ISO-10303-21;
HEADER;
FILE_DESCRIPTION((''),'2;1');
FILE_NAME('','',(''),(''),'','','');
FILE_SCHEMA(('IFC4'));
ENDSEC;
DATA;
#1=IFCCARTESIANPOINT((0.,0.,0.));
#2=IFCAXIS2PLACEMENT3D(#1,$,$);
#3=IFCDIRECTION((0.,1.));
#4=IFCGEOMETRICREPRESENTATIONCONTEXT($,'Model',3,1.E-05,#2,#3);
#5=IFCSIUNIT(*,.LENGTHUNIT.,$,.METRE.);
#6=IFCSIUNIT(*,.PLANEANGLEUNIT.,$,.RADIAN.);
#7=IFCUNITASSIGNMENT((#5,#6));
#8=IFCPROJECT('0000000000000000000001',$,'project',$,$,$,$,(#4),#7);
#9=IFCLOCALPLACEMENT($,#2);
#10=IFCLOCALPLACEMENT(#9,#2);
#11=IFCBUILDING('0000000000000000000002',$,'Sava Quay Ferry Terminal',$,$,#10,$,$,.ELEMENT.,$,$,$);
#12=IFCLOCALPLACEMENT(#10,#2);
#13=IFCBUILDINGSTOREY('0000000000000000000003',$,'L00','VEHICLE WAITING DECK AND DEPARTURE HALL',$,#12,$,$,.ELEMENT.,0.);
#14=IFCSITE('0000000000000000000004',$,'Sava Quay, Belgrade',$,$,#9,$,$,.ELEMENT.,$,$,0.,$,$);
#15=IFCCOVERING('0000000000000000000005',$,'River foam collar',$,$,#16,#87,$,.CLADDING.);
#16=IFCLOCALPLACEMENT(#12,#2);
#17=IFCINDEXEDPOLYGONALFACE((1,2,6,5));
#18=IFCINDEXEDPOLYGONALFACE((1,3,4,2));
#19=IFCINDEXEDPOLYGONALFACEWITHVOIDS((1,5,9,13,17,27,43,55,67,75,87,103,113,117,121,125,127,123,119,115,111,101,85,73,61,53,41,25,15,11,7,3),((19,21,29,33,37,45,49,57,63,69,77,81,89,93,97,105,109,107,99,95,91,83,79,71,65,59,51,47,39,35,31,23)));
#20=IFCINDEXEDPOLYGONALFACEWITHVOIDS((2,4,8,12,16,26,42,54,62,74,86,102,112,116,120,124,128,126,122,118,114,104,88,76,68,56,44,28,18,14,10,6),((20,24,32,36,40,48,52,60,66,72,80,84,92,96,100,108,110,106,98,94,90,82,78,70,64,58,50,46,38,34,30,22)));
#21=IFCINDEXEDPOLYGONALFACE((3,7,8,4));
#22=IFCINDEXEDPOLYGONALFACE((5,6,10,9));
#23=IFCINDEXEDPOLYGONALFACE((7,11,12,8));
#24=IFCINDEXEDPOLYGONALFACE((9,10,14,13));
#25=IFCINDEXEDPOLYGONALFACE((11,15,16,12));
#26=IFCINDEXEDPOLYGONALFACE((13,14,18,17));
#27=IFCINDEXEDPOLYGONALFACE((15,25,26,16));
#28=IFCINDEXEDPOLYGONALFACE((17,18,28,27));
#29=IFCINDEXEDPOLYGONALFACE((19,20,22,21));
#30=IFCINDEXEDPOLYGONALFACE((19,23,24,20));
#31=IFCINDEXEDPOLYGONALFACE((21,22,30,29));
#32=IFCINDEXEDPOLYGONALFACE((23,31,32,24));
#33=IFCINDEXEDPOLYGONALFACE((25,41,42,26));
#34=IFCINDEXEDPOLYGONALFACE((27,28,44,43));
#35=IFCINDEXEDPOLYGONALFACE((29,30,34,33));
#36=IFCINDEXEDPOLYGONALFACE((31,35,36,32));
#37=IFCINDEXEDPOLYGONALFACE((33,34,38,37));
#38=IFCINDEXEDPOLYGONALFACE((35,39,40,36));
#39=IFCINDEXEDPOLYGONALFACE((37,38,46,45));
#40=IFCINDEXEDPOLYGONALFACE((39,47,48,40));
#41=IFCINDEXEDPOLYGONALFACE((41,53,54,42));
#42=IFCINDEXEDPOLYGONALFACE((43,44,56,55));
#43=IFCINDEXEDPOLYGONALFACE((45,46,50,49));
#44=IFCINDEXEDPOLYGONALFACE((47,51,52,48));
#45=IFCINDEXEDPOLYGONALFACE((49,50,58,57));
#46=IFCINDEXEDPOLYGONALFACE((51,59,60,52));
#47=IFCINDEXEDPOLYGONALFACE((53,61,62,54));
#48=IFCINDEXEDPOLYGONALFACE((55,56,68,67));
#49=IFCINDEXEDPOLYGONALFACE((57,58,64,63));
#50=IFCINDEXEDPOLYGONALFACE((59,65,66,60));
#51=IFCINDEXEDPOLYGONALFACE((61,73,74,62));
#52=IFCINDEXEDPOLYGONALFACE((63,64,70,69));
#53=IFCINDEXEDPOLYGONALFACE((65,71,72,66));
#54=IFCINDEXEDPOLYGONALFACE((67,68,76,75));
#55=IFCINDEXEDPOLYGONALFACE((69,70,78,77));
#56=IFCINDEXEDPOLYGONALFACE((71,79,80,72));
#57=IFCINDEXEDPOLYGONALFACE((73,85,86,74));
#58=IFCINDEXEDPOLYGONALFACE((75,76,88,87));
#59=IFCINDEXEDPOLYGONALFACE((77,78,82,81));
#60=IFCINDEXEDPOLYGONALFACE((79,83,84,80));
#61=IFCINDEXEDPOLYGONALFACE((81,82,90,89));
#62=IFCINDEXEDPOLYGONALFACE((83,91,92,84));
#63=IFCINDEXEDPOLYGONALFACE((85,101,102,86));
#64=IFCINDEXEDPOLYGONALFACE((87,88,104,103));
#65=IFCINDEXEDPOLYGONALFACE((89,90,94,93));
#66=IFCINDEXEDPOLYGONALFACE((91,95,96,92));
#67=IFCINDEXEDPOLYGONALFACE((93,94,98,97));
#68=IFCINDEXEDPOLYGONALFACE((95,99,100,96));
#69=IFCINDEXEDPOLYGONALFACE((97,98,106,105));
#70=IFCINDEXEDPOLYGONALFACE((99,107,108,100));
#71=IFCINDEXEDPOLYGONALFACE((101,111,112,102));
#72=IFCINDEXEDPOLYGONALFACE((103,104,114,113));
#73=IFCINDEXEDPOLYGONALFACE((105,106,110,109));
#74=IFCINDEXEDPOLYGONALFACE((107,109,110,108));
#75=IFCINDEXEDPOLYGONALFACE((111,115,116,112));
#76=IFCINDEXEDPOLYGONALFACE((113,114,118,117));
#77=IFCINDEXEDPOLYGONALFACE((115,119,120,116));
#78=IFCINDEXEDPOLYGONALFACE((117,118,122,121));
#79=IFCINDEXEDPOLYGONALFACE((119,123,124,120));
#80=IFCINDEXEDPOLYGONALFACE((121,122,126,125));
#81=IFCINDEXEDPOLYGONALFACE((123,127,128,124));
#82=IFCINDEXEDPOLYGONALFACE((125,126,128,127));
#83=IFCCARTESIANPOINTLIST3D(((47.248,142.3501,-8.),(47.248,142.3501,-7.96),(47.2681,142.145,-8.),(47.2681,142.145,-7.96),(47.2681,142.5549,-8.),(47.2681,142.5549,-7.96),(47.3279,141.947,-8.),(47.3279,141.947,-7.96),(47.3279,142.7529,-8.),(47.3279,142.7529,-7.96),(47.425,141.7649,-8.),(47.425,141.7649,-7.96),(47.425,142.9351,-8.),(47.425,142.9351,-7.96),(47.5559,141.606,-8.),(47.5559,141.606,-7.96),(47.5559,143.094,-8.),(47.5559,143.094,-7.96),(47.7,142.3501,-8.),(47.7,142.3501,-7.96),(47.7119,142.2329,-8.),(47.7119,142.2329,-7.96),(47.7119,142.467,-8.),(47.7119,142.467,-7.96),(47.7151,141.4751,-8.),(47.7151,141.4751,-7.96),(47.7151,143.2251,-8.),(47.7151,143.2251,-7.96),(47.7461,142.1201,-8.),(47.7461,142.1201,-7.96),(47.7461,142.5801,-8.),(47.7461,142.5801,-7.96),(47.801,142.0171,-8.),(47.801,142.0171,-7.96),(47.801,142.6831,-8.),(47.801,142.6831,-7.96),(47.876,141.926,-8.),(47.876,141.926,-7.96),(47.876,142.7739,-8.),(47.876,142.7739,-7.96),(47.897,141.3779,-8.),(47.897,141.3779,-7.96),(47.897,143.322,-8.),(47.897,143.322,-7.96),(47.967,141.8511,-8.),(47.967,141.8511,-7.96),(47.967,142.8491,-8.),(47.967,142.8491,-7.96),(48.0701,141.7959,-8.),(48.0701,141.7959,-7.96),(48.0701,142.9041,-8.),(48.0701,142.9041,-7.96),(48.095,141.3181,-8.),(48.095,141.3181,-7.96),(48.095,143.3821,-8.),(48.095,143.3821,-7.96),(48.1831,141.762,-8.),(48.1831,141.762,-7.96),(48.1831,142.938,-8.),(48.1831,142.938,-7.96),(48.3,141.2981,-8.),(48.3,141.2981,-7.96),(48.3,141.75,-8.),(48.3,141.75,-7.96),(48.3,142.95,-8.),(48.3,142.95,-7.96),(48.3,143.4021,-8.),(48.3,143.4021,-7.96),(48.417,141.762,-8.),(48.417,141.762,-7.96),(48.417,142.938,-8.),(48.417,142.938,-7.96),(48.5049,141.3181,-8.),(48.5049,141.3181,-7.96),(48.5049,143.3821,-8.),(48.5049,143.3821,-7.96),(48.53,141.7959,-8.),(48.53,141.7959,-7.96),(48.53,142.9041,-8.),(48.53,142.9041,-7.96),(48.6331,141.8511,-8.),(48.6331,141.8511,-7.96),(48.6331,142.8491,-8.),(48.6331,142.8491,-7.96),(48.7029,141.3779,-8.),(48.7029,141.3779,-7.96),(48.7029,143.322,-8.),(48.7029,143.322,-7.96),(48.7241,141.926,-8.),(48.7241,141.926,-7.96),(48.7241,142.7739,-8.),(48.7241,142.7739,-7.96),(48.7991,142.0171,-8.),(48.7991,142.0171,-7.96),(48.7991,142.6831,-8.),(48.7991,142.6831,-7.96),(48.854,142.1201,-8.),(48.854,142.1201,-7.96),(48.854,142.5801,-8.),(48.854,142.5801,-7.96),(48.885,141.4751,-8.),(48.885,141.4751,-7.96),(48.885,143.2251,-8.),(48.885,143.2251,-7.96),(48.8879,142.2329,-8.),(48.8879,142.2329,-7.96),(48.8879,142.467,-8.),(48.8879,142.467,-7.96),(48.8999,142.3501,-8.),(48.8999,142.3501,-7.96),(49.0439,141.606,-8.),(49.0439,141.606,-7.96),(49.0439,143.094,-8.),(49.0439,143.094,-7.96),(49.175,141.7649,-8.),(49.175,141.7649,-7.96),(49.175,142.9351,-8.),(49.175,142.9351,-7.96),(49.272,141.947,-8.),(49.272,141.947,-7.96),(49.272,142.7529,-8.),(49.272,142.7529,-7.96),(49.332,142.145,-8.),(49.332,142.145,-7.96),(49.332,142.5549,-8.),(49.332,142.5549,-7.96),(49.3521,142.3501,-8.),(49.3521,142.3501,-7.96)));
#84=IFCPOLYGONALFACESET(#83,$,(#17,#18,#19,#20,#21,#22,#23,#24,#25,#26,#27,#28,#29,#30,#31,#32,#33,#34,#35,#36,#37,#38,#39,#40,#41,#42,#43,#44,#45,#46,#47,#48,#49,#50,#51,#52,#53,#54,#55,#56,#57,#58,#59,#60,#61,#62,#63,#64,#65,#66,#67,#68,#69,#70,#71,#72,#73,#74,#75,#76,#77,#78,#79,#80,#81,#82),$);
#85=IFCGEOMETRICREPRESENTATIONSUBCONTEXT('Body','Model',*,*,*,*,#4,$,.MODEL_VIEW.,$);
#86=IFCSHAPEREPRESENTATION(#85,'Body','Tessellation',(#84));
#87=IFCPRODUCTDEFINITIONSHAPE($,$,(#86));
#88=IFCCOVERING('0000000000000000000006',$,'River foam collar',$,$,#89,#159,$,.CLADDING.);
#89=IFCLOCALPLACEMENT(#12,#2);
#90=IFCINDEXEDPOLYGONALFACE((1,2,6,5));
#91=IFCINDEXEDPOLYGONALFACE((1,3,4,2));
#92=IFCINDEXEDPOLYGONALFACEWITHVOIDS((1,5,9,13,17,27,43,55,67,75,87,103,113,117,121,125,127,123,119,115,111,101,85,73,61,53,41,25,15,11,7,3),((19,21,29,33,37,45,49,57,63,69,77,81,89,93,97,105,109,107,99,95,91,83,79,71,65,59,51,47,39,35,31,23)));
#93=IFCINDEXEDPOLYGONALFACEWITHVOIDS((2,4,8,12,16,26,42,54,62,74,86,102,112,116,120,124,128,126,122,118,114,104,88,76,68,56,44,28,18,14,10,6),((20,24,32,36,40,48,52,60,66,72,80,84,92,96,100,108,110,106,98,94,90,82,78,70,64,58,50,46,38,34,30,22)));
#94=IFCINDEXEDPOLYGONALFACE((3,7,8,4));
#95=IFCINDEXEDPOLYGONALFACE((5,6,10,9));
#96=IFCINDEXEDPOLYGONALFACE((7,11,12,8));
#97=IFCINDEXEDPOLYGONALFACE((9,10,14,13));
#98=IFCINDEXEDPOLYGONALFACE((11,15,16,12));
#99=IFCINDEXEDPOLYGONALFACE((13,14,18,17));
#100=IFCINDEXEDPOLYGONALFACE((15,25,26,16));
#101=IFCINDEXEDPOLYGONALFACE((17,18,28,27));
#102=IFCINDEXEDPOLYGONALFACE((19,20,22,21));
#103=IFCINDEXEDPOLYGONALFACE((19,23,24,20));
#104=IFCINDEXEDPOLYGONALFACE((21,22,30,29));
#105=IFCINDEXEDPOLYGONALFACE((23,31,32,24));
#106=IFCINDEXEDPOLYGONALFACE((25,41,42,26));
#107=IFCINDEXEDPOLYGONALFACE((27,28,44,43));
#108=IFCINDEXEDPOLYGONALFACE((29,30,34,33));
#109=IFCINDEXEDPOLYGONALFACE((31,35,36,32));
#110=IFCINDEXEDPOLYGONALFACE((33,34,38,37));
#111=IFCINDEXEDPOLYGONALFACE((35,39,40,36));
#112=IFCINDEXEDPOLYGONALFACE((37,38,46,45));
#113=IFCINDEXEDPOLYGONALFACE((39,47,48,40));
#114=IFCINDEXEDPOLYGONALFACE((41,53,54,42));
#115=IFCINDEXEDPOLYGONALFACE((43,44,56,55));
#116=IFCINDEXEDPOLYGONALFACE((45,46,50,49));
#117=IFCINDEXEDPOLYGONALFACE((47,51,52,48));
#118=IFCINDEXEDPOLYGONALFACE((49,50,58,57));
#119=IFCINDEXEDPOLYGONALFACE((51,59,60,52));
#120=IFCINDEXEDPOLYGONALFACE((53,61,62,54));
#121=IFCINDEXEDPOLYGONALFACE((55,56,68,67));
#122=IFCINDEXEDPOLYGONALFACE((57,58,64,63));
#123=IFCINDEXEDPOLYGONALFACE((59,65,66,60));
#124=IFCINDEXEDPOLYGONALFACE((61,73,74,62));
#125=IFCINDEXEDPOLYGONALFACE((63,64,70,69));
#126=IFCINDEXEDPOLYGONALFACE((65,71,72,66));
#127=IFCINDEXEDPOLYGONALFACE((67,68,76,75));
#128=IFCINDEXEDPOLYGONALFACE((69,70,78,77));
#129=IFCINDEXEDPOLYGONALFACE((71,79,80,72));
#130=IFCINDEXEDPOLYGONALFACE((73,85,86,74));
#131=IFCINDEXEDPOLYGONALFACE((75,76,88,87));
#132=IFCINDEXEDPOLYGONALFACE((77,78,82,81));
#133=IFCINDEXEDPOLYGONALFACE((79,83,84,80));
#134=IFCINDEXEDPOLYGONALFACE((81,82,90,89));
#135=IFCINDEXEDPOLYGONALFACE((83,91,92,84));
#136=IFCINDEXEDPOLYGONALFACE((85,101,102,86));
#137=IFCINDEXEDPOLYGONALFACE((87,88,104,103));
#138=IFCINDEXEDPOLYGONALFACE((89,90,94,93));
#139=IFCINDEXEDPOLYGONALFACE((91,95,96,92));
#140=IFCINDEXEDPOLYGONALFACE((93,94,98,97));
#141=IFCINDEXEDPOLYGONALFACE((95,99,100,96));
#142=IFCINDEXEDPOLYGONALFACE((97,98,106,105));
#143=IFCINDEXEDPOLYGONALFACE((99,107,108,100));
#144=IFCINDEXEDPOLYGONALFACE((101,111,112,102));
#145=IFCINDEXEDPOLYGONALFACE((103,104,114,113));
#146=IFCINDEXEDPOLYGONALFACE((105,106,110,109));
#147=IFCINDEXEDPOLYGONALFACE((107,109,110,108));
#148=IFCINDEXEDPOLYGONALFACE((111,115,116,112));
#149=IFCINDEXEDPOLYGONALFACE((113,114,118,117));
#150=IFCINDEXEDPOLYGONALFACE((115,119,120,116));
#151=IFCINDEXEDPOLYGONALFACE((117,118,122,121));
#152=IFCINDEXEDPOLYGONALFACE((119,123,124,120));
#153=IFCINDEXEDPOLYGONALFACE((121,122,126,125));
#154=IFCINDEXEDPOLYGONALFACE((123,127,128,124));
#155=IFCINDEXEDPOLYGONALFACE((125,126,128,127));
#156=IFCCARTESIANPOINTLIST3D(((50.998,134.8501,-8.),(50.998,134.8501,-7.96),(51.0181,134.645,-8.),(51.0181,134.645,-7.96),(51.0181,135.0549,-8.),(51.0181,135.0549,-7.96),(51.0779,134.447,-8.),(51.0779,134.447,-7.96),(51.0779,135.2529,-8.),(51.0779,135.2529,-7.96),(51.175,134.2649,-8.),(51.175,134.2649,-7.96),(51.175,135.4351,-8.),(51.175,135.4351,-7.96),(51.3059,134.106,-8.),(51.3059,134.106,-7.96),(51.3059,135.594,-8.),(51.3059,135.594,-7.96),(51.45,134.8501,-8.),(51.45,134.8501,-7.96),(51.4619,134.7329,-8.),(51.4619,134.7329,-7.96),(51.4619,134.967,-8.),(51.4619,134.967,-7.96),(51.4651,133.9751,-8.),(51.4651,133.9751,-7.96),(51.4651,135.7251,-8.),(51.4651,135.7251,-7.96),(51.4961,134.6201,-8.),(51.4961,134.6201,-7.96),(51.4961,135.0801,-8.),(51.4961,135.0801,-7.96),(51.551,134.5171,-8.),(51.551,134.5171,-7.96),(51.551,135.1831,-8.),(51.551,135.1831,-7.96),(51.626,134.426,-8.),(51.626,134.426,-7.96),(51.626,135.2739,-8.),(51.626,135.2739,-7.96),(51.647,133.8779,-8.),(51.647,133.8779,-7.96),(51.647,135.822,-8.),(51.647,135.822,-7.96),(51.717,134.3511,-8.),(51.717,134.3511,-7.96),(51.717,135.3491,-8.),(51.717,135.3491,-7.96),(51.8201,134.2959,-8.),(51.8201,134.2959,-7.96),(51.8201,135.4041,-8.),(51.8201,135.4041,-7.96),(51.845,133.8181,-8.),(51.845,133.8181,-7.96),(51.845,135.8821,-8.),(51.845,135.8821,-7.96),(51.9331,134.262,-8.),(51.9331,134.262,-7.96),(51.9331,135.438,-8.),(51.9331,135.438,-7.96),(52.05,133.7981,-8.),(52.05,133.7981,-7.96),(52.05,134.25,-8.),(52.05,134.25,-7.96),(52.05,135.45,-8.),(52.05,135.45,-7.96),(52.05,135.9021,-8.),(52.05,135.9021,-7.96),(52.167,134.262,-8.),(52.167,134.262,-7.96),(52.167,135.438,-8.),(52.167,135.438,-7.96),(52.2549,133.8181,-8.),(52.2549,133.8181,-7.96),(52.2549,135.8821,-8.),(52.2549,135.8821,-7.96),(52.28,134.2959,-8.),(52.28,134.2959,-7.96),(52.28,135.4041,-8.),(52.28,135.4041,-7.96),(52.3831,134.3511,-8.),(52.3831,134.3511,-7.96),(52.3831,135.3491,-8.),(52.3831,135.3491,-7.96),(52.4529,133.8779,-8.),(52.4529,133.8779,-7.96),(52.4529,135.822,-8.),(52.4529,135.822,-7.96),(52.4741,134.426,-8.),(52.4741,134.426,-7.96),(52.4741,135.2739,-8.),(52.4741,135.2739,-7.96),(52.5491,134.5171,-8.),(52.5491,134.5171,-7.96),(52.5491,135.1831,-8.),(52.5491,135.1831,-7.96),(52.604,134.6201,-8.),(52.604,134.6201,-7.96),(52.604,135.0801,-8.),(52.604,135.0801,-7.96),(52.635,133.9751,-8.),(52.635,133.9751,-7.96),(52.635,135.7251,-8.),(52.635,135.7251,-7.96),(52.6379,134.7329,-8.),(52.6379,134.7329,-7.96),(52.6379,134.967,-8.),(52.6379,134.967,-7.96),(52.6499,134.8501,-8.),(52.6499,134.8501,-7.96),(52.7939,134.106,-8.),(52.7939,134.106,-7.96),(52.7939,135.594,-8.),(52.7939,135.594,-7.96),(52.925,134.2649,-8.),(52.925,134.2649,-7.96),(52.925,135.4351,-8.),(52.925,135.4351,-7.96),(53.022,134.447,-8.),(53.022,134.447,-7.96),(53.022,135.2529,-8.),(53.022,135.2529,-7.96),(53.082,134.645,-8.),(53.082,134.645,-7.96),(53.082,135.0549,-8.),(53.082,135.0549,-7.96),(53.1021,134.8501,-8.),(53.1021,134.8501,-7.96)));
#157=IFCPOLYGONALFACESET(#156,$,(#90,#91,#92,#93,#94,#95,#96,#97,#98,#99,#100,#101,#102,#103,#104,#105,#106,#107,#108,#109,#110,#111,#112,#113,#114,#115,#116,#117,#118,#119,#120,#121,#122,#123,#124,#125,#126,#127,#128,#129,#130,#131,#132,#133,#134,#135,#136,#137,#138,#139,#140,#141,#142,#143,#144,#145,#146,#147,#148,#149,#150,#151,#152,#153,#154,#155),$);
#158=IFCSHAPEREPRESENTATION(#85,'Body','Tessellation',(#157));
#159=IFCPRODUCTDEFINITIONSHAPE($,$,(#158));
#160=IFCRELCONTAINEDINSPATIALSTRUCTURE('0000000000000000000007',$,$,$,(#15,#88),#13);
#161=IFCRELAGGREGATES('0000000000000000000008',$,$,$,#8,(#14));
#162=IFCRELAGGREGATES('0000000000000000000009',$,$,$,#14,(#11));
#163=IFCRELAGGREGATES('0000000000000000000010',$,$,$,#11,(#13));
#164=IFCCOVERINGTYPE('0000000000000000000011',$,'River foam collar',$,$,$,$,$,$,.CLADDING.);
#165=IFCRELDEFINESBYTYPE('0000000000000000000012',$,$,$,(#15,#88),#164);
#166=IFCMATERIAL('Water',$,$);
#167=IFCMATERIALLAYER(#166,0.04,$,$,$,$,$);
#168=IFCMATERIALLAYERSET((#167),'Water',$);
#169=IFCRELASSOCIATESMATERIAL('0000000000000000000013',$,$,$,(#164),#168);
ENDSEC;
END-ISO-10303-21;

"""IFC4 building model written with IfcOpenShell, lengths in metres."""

from ifc_helpers import new_model, si_unit, direction, frame, origin, place, context, subcontext, project, spatial, polyline, outline, extrude, material, layer, layer_set, type_object, element, save


model = new_model("IFC4")

# Units and contexts
model_context = context("Model", 3, precision=1e-05, world=origin(), true_north=direction((0.0, 1.0)))
body_context = subcontext(model_context, "Body", "Model", "MODEL_VIEW")
ifc_project = project(units=[si_unit("LENGTHUNIT", "METRE"), si_unit("PLANEANGLEUNIT", "RADIAN")], contexts=[model_context])

# Site, building, storey
site_placement = place(None, origin())
site = spatial("IfcSite", under=ifc_project, at=site_placement, Name="Sava Quay, Belgrade", CompositionType="ELEMENT", RefElevation=0.0)
building_placement = place(site_placement, origin())
building = spatial("IfcBuilding", under=site, at=building_placement, Name="Sava Quay Ferry Terminal", CompositionType="ELEMENT")
storey_placement = place(building_placement, origin())
storey = spatial("IfcBuildingStorey", under=building, at=storey_placement, Name="L00", Description="VEHICLE WAITING DECK AND DEPARTURE HALL", CompositionType="ELEMENT", Elevation=0.0)

# Coverings
ifc_material = material(Name="Water")
ifc_layer = layer(ifc_material, 0.04)
ifc_layer_set = layer_set([ifc_layer], Name="Water")
covering_type = type_object("IfcCoveringType", Name="River foam collar", PredefinedType="CLADDING", material=ifc_layer_set)
covering_1_placement = place(storey_placement, frame((0.0, 0.0, -8.0)))
element("IfcCovering", 1, at=covering_1_placement, inside=storey, type_object=covering_type, Name="River foam collar", PredefinedType="CLADDING", context=body_context, shape_type="SweptSolid", body=[
    extrude(outline(polyline([(48.3, 143.4021), (48.095, 143.3821), (47.897, 143.322), (47.7151, 143.2251), (47.5559, 143.094), (47.425, 142.9351), (47.3279, 142.7529), (47.2681, 142.5549), (47.248, 142.3501), (47.2681, 142.145), (47.3279, 141.947), (47.425, 141.7649), (47.5559, 141.606), (47.7151, 141.4751), (47.897, 141.3779), (48.095, 141.3181), (48.3, 141.2981), (48.5049, 141.3181), (48.7029, 141.3779), (48.885, 141.4751), (49.0439, 141.606), (49.175, 141.7649), (49.272, 141.947), (49.332, 142.145), (49.3521, 142.3501), (49.332, 142.5549), (49.272, 142.7529), (49.175, 142.9351), (49.0439, 143.094), (48.885, 143.2251), (48.7029, 143.322), (48.5049, 143.3821), (48.3, 143.4021)]), holes=[polyline([(48.3, 141.75), (48.1831, 141.762), (48.0701, 141.7959), (47.967, 141.8511), (47.876, 141.926), (47.801, 142.0171), (47.7461, 142.1201), (47.7119, 142.2329), (47.7, 142.3501), (47.7119, 142.467), (47.7461, 142.5801), (47.801, 142.6831), (47.876, 142.7739), (47.967, 142.8491), (48.0701, 142.9041), (48.1831, 142.938), (48.3, 142.95), (48.417, 142.938), (48.53, 142.9041), (48.6331, 142.8491), (48.7241, 142.7739), (48.7991, 142.6831), (48.854, 142.5801), (48.8879, 142.467), (48.8999, 142.3501), (48.8879, 142.2329), (48.854, 142.1201), (48.7991, 142.0171), (48.7241, 141.926), (48.6331, 141.8511), (48.53, 141.7959), (48.417, 141.762), (48.3, 141.75)])]), origin(), (0.0, 0.0, 1.0), 0.04),
])
covering_2_placement = place(storey_placement, frame((0.0, 0.0, -8.0)))
element("IfcCovering", 2, at=covering_2_placement, inside=storey, type_object=covering_type, Name="River foam collar", PredefinedType="CLADDING", context=body_context, shape_type="SweptSolid", body=[
    extrude(outline(polyline([(52.2549, 135.8821), (52.05, 135.9021), (51.845, 135.8821), (51.647, 135.822), (51.4651, 135.7251), (51.3059, 135.594), (51.175, 135.4351), (51.0779, 135.2529), (51.0181, 135.0549), (50.998, 134.8501), (51.0181, 134.645), (51.0779, 134.447), (51.175, 134.2649), (51.3059, 134.106), (51.4651, 133.9751), (51.647, 133.8779), (51.845, 133.8181), (52.05, 133.7981), (52.2549, 133.8181), (52.4529, 133.8779), (52.635, 133.9751), (52.7939, 134.106), (52.925, 134.2649), (53.022, 134.447), (53.082, 134.645), (53.1021, 134.8501), (53.082, 135.0549), (53.022, 135.2529), (52.925, 135.4351), (52.7939, 135.594), (52.635, 135.7251), (52.4529, 135.822), (52.2549, 135.8821)]), holes=[polyline([(52.167, 134.262), (52.05, 134.25), (51.9331, 134.262), (51.8201, 134.2959), (51.717, 134.3511), (51.626, 134.426), (51.551, 134.5171), (51.4961, 134.6201), (51.4619, 134.7329), (51.45, 134.8501), (51.4619, 134.967), (51.4961, 135.0801), (51.551, 135.1831), (51.626, 135.2739), (51.717, 135.3491), (51.8201, 135.4041), (51.9331, 135.438), (52.05, 135.45), (52.167, 135.438), (52.28, 135.4041), (52.3831, 135.3491), (52.4741, 135.2739), (52.5491, 135.1831), (52.604, 135.0801), (52.6379, 134.967), (52.6499, 134.8501), (52.6379, 134.7329), (52.604, 134.6201), (52.5491, 134.5171), (52.4741, 134.426), (52.3831, 134.3511), (52.28, 134.2959), (52.167, 134.262)])]), origin(), (0.0, 0.0, 1.0), 0.04),
])

save(model, "model.ifc")
